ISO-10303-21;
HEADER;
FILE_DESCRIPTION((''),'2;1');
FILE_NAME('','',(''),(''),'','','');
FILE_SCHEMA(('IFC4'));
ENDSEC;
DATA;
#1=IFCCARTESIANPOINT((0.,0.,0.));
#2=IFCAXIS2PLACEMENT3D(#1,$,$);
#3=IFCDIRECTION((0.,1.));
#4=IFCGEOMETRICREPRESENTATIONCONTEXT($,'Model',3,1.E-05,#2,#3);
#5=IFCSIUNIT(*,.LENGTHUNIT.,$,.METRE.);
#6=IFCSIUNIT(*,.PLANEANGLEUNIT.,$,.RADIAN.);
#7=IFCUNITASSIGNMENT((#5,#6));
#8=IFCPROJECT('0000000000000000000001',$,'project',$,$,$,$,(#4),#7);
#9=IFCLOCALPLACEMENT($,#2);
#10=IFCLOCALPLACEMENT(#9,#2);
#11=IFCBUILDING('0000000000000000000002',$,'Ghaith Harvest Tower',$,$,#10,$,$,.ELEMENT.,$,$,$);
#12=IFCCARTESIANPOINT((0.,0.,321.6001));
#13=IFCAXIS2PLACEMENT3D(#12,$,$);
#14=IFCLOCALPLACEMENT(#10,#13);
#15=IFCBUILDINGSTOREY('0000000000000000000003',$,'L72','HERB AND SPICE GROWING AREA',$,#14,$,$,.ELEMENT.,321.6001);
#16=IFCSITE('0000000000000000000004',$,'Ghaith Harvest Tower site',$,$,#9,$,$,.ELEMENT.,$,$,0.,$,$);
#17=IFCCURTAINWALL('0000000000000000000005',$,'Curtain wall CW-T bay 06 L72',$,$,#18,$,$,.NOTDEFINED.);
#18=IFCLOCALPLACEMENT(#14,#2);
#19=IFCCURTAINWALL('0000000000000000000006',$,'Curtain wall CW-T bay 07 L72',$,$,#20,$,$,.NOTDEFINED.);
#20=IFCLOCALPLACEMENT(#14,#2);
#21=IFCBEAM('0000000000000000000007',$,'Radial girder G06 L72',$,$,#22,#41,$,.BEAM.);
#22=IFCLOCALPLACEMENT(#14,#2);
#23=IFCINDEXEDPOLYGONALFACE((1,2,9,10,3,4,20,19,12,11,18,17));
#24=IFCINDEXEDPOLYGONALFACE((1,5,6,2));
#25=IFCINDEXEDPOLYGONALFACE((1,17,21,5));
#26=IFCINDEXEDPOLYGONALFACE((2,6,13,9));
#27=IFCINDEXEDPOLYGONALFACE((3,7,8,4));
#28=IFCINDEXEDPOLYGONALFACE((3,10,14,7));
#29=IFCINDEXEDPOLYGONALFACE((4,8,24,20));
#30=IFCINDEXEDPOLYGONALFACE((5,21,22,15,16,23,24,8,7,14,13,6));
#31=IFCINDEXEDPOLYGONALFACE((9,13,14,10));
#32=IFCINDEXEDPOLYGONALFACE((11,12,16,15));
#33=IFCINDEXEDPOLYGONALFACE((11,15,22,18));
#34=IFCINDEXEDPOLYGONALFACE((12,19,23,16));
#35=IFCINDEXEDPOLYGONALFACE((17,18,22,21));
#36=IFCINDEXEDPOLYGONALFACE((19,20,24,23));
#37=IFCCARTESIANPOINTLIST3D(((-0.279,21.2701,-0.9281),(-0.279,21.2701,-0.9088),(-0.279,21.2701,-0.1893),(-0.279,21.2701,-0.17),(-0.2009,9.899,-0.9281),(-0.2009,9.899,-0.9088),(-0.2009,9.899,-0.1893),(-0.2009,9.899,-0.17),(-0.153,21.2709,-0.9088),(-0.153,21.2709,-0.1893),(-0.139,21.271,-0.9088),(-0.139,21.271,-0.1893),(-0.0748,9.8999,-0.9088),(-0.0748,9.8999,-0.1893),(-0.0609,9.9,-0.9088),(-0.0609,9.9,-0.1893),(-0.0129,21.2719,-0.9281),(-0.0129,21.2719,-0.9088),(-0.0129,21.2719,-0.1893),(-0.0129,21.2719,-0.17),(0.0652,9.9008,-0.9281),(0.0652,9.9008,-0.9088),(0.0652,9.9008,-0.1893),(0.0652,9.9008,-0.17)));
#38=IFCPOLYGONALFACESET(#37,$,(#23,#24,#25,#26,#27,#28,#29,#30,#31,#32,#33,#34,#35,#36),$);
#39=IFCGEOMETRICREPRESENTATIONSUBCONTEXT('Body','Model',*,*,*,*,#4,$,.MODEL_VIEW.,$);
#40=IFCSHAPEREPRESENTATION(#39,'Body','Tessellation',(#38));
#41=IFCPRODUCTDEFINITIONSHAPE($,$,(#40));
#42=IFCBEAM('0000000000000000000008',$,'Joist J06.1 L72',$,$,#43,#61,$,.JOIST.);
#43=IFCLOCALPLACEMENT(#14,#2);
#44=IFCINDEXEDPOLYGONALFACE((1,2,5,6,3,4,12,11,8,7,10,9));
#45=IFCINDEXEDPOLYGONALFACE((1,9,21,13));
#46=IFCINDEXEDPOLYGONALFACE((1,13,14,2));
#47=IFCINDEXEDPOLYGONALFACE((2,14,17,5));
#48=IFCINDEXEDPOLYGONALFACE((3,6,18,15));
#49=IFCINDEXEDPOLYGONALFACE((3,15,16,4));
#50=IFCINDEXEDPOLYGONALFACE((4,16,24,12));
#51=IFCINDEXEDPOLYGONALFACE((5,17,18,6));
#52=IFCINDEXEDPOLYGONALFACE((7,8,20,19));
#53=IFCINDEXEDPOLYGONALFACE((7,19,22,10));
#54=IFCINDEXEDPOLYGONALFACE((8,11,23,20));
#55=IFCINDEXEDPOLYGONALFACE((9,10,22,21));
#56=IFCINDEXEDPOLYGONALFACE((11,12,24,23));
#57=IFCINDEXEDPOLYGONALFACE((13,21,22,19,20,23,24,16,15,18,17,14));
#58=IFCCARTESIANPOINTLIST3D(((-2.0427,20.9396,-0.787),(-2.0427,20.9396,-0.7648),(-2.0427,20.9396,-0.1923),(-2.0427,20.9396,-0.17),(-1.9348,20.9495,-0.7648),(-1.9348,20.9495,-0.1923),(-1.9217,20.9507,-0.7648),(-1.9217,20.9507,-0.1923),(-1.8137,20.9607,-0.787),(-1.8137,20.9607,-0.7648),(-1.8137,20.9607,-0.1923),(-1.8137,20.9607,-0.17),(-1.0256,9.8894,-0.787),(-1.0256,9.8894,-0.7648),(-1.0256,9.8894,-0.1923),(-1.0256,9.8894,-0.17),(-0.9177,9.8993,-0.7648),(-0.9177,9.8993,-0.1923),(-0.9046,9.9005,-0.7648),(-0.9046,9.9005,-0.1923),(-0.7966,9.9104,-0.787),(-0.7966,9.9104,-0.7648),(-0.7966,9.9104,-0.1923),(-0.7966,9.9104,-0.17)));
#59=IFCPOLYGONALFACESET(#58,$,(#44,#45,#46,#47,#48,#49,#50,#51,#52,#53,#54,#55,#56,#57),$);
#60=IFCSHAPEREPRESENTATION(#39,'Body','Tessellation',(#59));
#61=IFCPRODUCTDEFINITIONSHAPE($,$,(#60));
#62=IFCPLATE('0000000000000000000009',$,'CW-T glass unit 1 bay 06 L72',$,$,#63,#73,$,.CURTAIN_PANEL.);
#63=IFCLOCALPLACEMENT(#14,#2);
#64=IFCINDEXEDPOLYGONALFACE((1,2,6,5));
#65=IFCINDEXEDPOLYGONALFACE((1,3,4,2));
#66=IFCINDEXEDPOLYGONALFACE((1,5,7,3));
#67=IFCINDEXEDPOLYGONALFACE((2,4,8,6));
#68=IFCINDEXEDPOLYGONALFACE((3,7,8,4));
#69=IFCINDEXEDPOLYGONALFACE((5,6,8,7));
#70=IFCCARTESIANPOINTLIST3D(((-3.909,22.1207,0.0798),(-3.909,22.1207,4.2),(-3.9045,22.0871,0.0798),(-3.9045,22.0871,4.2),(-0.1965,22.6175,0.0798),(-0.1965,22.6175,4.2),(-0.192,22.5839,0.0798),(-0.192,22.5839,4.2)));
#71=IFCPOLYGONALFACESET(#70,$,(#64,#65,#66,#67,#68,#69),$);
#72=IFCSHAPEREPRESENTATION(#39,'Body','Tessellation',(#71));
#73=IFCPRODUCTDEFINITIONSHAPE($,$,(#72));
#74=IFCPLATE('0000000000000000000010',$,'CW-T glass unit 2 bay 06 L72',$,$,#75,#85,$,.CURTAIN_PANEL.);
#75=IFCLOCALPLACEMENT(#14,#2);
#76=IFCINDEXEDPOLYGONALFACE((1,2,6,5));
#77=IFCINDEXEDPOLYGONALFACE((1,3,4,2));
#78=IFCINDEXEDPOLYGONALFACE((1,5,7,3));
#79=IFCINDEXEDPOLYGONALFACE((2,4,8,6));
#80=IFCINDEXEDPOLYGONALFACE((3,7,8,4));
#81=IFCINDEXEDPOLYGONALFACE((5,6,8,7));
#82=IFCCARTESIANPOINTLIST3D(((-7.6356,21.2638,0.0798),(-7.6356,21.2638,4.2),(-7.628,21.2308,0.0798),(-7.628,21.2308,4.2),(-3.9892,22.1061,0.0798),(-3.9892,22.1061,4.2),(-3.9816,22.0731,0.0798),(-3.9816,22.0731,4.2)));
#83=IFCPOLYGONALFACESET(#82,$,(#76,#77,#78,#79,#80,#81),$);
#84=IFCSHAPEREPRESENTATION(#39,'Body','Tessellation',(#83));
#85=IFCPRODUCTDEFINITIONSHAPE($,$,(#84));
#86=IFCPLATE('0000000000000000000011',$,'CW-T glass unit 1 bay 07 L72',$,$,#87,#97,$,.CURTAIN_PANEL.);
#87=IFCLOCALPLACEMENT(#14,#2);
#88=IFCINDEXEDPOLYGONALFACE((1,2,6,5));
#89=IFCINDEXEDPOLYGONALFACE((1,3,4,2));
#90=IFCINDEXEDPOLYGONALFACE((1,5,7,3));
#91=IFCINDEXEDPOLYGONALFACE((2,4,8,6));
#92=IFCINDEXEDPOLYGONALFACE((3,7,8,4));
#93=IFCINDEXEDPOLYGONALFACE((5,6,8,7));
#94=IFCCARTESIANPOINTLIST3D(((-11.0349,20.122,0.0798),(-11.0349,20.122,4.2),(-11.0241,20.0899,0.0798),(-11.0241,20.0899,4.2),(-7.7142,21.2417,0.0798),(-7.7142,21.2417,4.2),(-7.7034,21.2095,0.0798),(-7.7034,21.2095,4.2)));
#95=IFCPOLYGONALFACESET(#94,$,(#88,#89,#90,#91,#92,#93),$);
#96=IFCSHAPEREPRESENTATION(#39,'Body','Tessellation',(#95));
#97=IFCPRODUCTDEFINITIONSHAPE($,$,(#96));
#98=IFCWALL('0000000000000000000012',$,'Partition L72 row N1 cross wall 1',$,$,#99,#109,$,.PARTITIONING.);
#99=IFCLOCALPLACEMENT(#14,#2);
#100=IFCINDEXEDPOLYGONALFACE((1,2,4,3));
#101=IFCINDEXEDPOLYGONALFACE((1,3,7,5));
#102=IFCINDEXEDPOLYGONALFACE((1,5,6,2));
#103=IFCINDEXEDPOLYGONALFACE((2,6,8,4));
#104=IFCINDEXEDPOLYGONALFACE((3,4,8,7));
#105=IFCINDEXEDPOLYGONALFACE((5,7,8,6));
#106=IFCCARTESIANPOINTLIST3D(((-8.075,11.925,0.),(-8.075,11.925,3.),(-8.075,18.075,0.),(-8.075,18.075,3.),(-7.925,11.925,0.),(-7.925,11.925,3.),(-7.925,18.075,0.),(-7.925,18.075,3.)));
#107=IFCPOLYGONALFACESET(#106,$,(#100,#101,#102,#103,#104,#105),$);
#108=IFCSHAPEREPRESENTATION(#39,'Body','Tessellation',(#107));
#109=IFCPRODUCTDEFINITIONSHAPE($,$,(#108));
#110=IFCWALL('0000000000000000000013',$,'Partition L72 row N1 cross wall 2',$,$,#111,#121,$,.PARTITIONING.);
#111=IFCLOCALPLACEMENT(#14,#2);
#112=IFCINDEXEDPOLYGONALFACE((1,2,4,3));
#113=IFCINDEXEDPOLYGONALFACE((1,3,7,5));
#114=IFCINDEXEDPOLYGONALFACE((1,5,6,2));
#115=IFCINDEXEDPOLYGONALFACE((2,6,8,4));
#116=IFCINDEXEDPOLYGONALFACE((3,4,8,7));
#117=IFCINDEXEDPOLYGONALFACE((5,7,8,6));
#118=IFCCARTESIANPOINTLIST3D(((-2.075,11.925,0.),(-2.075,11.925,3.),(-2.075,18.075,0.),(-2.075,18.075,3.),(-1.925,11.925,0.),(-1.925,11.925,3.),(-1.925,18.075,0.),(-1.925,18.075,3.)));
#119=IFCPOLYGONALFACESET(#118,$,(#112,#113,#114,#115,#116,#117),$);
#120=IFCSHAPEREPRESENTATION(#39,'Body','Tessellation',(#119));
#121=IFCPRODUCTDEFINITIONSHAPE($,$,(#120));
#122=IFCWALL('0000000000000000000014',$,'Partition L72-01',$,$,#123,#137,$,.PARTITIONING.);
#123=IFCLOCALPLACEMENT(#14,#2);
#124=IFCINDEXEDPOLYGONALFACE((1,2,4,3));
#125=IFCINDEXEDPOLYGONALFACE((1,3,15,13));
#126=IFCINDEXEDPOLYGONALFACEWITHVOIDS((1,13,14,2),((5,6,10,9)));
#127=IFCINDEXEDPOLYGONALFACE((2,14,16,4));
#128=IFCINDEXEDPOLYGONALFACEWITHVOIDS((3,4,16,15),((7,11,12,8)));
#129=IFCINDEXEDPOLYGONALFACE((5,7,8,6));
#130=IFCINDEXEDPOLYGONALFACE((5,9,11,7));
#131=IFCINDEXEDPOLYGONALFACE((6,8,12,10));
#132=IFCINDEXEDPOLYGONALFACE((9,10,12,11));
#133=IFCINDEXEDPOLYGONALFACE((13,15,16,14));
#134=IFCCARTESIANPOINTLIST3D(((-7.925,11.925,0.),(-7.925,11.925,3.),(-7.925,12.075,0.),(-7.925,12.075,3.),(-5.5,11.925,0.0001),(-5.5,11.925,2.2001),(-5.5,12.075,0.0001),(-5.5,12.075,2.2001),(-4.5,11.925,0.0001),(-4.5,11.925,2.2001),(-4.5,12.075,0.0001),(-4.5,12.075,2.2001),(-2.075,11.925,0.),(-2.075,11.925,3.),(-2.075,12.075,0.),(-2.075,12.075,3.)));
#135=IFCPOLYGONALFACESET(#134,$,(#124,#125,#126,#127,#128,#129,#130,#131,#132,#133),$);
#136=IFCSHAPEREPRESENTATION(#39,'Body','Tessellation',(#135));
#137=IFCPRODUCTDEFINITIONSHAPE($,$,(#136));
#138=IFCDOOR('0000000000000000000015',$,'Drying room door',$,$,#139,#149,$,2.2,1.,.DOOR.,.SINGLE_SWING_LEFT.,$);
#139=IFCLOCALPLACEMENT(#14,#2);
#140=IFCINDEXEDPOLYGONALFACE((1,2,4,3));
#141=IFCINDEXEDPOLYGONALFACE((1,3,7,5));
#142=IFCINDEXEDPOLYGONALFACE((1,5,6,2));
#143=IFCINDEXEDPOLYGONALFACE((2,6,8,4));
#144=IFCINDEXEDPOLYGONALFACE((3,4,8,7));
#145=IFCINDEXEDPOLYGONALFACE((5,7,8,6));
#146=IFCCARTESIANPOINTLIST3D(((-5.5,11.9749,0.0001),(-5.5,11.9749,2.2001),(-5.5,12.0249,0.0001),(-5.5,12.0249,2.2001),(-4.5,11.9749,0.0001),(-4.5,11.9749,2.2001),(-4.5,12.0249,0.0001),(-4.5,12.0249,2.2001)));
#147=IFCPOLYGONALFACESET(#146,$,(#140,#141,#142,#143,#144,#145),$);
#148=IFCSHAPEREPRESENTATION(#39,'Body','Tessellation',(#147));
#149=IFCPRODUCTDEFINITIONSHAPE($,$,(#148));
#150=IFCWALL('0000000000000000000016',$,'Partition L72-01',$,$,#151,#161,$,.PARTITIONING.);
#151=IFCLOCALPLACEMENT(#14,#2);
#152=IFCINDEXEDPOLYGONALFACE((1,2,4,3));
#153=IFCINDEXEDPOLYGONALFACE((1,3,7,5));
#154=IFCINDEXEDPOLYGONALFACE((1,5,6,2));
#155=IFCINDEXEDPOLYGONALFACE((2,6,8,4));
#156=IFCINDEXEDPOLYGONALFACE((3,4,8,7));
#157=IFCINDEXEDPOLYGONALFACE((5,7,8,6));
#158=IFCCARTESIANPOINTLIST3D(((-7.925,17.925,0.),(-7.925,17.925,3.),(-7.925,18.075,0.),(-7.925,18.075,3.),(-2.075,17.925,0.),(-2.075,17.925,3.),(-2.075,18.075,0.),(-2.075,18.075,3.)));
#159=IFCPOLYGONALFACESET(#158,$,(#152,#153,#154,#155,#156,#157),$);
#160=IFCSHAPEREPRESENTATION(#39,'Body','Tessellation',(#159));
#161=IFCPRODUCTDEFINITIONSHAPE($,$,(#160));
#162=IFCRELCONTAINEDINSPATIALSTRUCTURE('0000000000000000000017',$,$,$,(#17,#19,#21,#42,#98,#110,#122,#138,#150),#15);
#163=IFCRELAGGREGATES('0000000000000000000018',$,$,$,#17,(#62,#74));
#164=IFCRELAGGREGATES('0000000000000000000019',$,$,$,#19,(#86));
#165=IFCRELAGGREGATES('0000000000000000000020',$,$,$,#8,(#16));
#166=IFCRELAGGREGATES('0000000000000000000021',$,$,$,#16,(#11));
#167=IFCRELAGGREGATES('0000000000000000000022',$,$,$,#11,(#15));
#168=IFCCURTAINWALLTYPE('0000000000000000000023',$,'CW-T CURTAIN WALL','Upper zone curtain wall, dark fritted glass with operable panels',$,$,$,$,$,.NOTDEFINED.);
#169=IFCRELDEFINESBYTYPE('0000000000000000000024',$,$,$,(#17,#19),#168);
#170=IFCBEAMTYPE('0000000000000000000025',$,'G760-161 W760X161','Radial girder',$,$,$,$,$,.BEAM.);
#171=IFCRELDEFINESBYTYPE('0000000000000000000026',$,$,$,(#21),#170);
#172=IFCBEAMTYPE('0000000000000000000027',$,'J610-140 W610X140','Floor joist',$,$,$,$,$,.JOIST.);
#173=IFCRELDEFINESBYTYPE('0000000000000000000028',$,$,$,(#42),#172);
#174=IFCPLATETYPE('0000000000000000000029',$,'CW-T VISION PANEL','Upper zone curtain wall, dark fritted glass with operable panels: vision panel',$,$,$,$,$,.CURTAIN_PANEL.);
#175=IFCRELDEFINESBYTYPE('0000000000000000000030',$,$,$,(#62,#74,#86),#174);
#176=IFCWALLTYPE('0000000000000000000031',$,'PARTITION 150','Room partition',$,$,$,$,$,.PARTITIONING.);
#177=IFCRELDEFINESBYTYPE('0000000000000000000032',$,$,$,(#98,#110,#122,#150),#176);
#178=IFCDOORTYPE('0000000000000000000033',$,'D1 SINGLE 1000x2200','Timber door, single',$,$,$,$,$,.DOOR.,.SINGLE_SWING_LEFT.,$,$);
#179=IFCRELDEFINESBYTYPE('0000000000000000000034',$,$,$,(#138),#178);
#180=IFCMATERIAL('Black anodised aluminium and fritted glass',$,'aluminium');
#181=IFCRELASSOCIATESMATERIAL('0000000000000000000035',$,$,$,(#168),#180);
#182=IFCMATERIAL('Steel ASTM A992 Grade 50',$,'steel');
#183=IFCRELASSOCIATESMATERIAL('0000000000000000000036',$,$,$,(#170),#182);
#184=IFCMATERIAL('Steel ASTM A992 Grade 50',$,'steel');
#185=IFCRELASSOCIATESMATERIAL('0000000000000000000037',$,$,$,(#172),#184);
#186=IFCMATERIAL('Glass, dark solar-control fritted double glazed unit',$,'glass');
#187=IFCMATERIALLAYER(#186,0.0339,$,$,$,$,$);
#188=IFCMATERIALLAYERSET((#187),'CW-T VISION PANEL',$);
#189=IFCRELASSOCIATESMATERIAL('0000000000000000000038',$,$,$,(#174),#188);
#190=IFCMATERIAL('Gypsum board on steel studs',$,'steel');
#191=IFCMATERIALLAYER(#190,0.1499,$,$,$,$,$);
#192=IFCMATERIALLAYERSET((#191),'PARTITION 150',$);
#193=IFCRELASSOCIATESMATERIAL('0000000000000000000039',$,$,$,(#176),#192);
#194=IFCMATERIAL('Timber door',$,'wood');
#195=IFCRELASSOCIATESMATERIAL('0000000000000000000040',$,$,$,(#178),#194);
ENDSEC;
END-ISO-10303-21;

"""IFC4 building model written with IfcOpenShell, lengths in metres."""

from ifc_helpers import new_model, si_unit, direction, frame, frame_2d, origin, origin_2d, place, context, subcontext, project, spatial, rectangle, i_section, extrude, material, layer, layer_set, material_profile, profile_set, type_object, element, fill, aggregate, save


model = new_model("IFC4")

# Units and contexts
model_context = context("Model", 3, precision=1e-05, world=origin(), true_north=direction((0.0, 1.0)))
body_context = subcontext(model_context, "Body", "Model", "MODEL_VIEW")
ifc_project = project(units=[si_unit("LENGTHUNIT", "METRE"), si_unit("PLANEANGLEUNIT", "RADIAN")], contexts=[model_context])

# Site, building, storey
site_placement = place(None, origin())
site = spatial("IfcSite", under=ifc_project, at=site_placement, Name="Ghaith Harvest Tower site", CompositionType="ELEMENT", RefElevation=0.0)
building_placement = place(site_placement, origin())
building = spatial("IfcBuilding", under=site, at=building_placement, Name="Ghaith Harvest Tower", CompositionType="ELEMENT")
storey_placement = place(building_placement, frame((0.0, 0.0, 321.6001)))
storey = spatial("IfcBuildingStorey", under=building, at=storey_placement, Name="L72", Description="HERB AND SPICE GROWING AREA", CompositionType="ELEMENT", Elevation=321.6001)

# Curtain walls
ifc_material_1 = material(Name="Black anodised aluminium and fritted glass", Category="aluminium")
curtain_wall_type = type_object("IfcCurtainWallType", Name="CW-T CURTAIN WALL", Description="Upper zone curtain wall, dark fritted glass with operable panels", PredefinedType="NOTDEFINED", material=ifc_material_1)
curtain_wall_1_placement = place(storey_placement, origin())
curtain_wall_1 = element("IfcCurtainWall", 1, at=curtain_wall_1_placement, inside=storey, type_object=curtain_wall_type, Name="Curtain wall CW-T bay 06 L72", PredefinedType="NOTDEFINED")
curtain_wall_2_placement = place(storey_placement, origin())
curtain_wall_2 = element("IfcCurtainWall", 2, at=curtain_wall_2_placement, inside=storey, type_object=curtain_wall_type, Name="Curtain wall CW-T bay 07 L72", PredefinedType="NOTDEFINED")

# Beams
ifc_material_2 = material(Name="Steel ASTM A992 Grade 50", Category="steel")
ifc_material_profile_1 = material_profile(ifc_material_2, i_section(OverallWidth=0.2661, OverallDepth=0.7581, WebThickness=0.0139, FlangeThickness=0.0193, at=origin_2d()), Name="W760X161")
ifc_profile_set_1 = profile_set([ifc_material_profile_1], Name="Steel ASTM A992 Grade 50")
beam_type_1 = type_object("IfcBeamType", Name="G760-161 W760X161", Description="Radial girder", PredefinedType="BEAM", material=ifc_profile_set_1)
beam_1_placement = place(storey_placement, frame((-0.0679, 9.8999, -0.5491), z_axis=(-0.00687, 0.999976, 0.0), x_axis=(-0.999976, -0.00687, 0.0)))
element("IfcBeam", 3, at=beam_1_placement, inside=storey, type_object=beam_type_1, Name="Radial girder G06 L72", PredefinedType="BEAM", context=body_context, shape_type="SweptSolid", body=[
    extrude(i_section(OverallWidth=0.2661, OverallDepth=0.7581, WebThickness=0.0139, FlangeThickness=0.0193, at=origin_2d()), origin(), (0.0, 0.0, 1.0), 11.3713),
])
ifc_material_3 = material(Name="Steel ASTM A992 Grade 50", Category="steel")
ifc_material_profile_2 = material_profile(ifc_material_3, i_section(OverallWidth=0.23, OverallDepth=0.6169, WebThickness=0.0132, FlangeThickness=0.0222, at=origin_2d()), Name="W610X140")
ifc_profile_set_2 = profile_set([ifc_material_profile_2], Name="Steel ASTM A992 Grade 50")
beam_type_2 = type_object("IfcBeamType", Name="J610-140 W610X140", Description="Floor joist", PredefinedType="JOIST", material=ifc_profile_set_2)
beam_2_placement = place(storey_placement, frame((-0.9111, 9.8999, -0.4785), z_axis=(-0.091654, 0.995791, 0.0), x_axis=(-0.995791, -0.091654, 0.0)))
element("IfcBeam", 4, at=beam_2_placement, inside=storey, type_object=beam_type_2, Name="Joist J06.1 L72", PredefinedType="JOIST", context=body_context, shape_type="SweptSolid", body=[
    extrude(i_section(OverallWidth=0.23, OverallDepth=0.6169, WebThickness=0.0132, FlangeThickness=0.0222, at=origin_2d()), origin(), (0.0, 0.0, 1.0), 11.0969),
])

# Plates
ifc_material_4 = material(Name="Glass, dark solar-control fritted double glazed unit", Category="glass")
ifc_layer_1 = layer(ifc_material_4, 0.0339)
ifc_layer_set_1 = layer_set([ifc_layer_1], Name="CW-T VISION PANEL")
plate_type = type_object("IfcPlateType", Name="CW-T VISION PANEL", Description="Upper zone curtain wall, dark fritted glass with operable panels: vision panel", PredefinedType="CURTAIN_PANEL", material=ifc_layer_set_1)
plate_1_placement = place(storey_placement, frame((-2.0505, 22.3523, 0.0798), z_axis=(0.0, 0.0, 1.0), x_axis=(-0.991165, -0.132633, 0.0)))
plate_1 = element("IfcPlate", 5, at=plate_1_placement, type_object=plate_type, Name="CW-T glass unit 1 bay 06 L72", PredefinedType="CURTAIN_PANEL", context=body_context, shape_type="SweptSolid", body=[
    extrude(rectangle(XDim=3.7456, YDim=0.0339, at=origin_2d()), origin(), (0.0, 0.0, 1.0), 4.1201),
])
plate_2_placement = place(storey_placement, frame((-5.8086, 21.6685, 0.0798), z_axis=(0.0, 0.0, 1.0), x_axis=(-0.974342, -0.225072, 0.0)))
plate_2 = element("IfcPlate", 6, at=plate_2_placement, type_object=plate_type, Name="CW-T glass unit 2 bay 06 L72", PredefinedType="CURTAIN_PANEL", context=body_context, shape_type="SweptSolid", body=[
    extrude(rectangle(XDim=3.7424, YDim=0.0339, at=origin_2d()), origin(), (0.0, 0.0, 1.0), 4.1201),
])
aggregate(curtain_wall_1, [plate_1, plate_2])
plate_3_placement = place(storey_placement, frame((-9.3691, 20.6658, 0.0798), z_axis=(0.0, 0.0, 1.0), x_axis=(-0.947586, -0.3195, 0.0)))
plate_3 = element("IfcPlate", 7, at=plate_3_placement, type_object=plate_type, Name="CW-T glass unit 1 bay 07 L72", PredefinedType="CURTAIN_PANEL", context=body_context, shape_type="SweptSolid", body=[
    extrude(rectangle(XDim=3.5044, YDim=0.0339, at=origin_2d()), origin(), (0.0, 0.0, 1.0), 4.1201),
])
aggregate(curtain_wall_2, [plate_3])

# Walls
ifc_material_5 = material(Name="Gypsum board on steel studs", Category="steel")
ifc_layer_2 = layer(ifc_material_5, 0.1499)
ifc_layer_set_2 = layer_set([ifc_layer_2], Name="PARTITION 150")
wall_type = type_object("IfcWallType", Name="PARTITION 150", Description="Room partition", PredefinedType="PARTITIONING", material=ifc_layer_set_2)
for number, where, z_axis, x_axis, name in (
    (8, (-8.0, 11.925, 0.0), (0.0, 0.0, 1.0), (0.0, 1.0, 0.0), "Partition L72 row N1 cross wall 1"),
    (9, (-2.0, 11.925, 0.0), (0.0, 0.0, 1.0), (0.0, 1.0, 0.0), "Partition L72 row N1 cross wall 2"),
):
    element("IfcWall", number, at=place(storey_placement, frame(where, z_axis=z_axis, x_axis=x_axis)), inside=storey, type_object=wall_type, Name=name, PredefinedType="PARTITIONING", context=body_context, shape_type="SweptSolid", body=[
        extrude(rectangle(XDim=6.1499, YDim=0.1499, at=frame_2d((3.075, 0.0))), origin(), (0.0, 0.0, 1.0), 3.0),
    ])

# Wall, opening, door
wall_1_placement = place(storey_placement, frame((-7.925, 12.0, 0.0), z_axis=(0.0, 0.0, 1.0), x_axis=(1.0, 0.0, 0.0)))
wall_1 = element("IfcWall", 10, at=wall_1_placement, inside=storey, type_object=wall_type, Name="Partition L72-01", PredefinedType="PARTITIONING", context=body_context, shape_type="SweptSolid", body=[
    extrude(rectangle(XDim=5.8501, YDim=0.1499, at=frame_2d((2.925, 0.0))), origin(), (0.0, 0.0, 1.0), 3.0),
])
opening_1_placement = place(wall_1_placement, frame((2.425, 0.0, 0.0)))
opening_1 = element("IfcOpeningElement", 11, at=opening_1_placement, cuts=wall_1, PredefinedType="OPENING", context=body_context, shape_type="SweptSolid", body=[
    extrude(rectangle(XDim=1.0, YDim=2.2, at=frame_2d((0.5, 1.1001))), frame((0.0, 0.085, 0.0), z_axis=(0.0, -1.0, 0.0), x_axis=(1.0, 0.0, 0.0)), (0.0, 0.0, 1.0), 0.1699),
])
ifc_material_6 = material(Name="Timber door", Category="wood")
door_type_1 = type_object("IfcDoorType", Name="D1 SINGLE 1000x2200", Description="Timber door, single", OperationType="SINGLE_SWING_LEFT", PredefinedType="DOOR", material=ifc_material_6)
door_1_placement = place(opening_1_placement, origin())
door_1 = element("IfcDoor", 12, at=door_1_placement, inside=storey, type_object=door_type_1, Name="Drying room door", OperationType="SINGLE_SWING_LEFT", OverallHeight=2.2, OverallWidth=1.0, PredefinedType="DOOR", context=body_context, shape_type="SweptSolid", body=[
    extrude(rectangle(XDim=1.0, YDim=2.2, at=frame_2d((0.5, 1.1001))), frame((0.0, 0.0249, 0.0), z_axis=(0.0, -1.0, 0.0), x_axis=(1.0, 0.0, 0.0)), (0.0, 0.0, 1.0), 0.05),
])
fill(opening_1, door_1)

# Wall
wall_2_placement = place(storey_placement, frame((-7.925, 18.0, 0.0), z_axis=(0.0, 0.0, 1.0), x_axis=(1.0, 0.0, 0.0)))
element("IfcWall", 13, at=wall_2_placement, inside=storey, type_object=wall_type, Name="Partition L72-01", PredefinedType="PARTITIONING", context=body_context, shape_type="SweptSolid", body=[
    extrude(rectangle(XDim=5.8501, YDim=0.1499, at=frame_2d((2.925, 0.0))), origin(), (0.0, 0.0, 1.0), 3.0),
])

save(model, "model.ifc")
